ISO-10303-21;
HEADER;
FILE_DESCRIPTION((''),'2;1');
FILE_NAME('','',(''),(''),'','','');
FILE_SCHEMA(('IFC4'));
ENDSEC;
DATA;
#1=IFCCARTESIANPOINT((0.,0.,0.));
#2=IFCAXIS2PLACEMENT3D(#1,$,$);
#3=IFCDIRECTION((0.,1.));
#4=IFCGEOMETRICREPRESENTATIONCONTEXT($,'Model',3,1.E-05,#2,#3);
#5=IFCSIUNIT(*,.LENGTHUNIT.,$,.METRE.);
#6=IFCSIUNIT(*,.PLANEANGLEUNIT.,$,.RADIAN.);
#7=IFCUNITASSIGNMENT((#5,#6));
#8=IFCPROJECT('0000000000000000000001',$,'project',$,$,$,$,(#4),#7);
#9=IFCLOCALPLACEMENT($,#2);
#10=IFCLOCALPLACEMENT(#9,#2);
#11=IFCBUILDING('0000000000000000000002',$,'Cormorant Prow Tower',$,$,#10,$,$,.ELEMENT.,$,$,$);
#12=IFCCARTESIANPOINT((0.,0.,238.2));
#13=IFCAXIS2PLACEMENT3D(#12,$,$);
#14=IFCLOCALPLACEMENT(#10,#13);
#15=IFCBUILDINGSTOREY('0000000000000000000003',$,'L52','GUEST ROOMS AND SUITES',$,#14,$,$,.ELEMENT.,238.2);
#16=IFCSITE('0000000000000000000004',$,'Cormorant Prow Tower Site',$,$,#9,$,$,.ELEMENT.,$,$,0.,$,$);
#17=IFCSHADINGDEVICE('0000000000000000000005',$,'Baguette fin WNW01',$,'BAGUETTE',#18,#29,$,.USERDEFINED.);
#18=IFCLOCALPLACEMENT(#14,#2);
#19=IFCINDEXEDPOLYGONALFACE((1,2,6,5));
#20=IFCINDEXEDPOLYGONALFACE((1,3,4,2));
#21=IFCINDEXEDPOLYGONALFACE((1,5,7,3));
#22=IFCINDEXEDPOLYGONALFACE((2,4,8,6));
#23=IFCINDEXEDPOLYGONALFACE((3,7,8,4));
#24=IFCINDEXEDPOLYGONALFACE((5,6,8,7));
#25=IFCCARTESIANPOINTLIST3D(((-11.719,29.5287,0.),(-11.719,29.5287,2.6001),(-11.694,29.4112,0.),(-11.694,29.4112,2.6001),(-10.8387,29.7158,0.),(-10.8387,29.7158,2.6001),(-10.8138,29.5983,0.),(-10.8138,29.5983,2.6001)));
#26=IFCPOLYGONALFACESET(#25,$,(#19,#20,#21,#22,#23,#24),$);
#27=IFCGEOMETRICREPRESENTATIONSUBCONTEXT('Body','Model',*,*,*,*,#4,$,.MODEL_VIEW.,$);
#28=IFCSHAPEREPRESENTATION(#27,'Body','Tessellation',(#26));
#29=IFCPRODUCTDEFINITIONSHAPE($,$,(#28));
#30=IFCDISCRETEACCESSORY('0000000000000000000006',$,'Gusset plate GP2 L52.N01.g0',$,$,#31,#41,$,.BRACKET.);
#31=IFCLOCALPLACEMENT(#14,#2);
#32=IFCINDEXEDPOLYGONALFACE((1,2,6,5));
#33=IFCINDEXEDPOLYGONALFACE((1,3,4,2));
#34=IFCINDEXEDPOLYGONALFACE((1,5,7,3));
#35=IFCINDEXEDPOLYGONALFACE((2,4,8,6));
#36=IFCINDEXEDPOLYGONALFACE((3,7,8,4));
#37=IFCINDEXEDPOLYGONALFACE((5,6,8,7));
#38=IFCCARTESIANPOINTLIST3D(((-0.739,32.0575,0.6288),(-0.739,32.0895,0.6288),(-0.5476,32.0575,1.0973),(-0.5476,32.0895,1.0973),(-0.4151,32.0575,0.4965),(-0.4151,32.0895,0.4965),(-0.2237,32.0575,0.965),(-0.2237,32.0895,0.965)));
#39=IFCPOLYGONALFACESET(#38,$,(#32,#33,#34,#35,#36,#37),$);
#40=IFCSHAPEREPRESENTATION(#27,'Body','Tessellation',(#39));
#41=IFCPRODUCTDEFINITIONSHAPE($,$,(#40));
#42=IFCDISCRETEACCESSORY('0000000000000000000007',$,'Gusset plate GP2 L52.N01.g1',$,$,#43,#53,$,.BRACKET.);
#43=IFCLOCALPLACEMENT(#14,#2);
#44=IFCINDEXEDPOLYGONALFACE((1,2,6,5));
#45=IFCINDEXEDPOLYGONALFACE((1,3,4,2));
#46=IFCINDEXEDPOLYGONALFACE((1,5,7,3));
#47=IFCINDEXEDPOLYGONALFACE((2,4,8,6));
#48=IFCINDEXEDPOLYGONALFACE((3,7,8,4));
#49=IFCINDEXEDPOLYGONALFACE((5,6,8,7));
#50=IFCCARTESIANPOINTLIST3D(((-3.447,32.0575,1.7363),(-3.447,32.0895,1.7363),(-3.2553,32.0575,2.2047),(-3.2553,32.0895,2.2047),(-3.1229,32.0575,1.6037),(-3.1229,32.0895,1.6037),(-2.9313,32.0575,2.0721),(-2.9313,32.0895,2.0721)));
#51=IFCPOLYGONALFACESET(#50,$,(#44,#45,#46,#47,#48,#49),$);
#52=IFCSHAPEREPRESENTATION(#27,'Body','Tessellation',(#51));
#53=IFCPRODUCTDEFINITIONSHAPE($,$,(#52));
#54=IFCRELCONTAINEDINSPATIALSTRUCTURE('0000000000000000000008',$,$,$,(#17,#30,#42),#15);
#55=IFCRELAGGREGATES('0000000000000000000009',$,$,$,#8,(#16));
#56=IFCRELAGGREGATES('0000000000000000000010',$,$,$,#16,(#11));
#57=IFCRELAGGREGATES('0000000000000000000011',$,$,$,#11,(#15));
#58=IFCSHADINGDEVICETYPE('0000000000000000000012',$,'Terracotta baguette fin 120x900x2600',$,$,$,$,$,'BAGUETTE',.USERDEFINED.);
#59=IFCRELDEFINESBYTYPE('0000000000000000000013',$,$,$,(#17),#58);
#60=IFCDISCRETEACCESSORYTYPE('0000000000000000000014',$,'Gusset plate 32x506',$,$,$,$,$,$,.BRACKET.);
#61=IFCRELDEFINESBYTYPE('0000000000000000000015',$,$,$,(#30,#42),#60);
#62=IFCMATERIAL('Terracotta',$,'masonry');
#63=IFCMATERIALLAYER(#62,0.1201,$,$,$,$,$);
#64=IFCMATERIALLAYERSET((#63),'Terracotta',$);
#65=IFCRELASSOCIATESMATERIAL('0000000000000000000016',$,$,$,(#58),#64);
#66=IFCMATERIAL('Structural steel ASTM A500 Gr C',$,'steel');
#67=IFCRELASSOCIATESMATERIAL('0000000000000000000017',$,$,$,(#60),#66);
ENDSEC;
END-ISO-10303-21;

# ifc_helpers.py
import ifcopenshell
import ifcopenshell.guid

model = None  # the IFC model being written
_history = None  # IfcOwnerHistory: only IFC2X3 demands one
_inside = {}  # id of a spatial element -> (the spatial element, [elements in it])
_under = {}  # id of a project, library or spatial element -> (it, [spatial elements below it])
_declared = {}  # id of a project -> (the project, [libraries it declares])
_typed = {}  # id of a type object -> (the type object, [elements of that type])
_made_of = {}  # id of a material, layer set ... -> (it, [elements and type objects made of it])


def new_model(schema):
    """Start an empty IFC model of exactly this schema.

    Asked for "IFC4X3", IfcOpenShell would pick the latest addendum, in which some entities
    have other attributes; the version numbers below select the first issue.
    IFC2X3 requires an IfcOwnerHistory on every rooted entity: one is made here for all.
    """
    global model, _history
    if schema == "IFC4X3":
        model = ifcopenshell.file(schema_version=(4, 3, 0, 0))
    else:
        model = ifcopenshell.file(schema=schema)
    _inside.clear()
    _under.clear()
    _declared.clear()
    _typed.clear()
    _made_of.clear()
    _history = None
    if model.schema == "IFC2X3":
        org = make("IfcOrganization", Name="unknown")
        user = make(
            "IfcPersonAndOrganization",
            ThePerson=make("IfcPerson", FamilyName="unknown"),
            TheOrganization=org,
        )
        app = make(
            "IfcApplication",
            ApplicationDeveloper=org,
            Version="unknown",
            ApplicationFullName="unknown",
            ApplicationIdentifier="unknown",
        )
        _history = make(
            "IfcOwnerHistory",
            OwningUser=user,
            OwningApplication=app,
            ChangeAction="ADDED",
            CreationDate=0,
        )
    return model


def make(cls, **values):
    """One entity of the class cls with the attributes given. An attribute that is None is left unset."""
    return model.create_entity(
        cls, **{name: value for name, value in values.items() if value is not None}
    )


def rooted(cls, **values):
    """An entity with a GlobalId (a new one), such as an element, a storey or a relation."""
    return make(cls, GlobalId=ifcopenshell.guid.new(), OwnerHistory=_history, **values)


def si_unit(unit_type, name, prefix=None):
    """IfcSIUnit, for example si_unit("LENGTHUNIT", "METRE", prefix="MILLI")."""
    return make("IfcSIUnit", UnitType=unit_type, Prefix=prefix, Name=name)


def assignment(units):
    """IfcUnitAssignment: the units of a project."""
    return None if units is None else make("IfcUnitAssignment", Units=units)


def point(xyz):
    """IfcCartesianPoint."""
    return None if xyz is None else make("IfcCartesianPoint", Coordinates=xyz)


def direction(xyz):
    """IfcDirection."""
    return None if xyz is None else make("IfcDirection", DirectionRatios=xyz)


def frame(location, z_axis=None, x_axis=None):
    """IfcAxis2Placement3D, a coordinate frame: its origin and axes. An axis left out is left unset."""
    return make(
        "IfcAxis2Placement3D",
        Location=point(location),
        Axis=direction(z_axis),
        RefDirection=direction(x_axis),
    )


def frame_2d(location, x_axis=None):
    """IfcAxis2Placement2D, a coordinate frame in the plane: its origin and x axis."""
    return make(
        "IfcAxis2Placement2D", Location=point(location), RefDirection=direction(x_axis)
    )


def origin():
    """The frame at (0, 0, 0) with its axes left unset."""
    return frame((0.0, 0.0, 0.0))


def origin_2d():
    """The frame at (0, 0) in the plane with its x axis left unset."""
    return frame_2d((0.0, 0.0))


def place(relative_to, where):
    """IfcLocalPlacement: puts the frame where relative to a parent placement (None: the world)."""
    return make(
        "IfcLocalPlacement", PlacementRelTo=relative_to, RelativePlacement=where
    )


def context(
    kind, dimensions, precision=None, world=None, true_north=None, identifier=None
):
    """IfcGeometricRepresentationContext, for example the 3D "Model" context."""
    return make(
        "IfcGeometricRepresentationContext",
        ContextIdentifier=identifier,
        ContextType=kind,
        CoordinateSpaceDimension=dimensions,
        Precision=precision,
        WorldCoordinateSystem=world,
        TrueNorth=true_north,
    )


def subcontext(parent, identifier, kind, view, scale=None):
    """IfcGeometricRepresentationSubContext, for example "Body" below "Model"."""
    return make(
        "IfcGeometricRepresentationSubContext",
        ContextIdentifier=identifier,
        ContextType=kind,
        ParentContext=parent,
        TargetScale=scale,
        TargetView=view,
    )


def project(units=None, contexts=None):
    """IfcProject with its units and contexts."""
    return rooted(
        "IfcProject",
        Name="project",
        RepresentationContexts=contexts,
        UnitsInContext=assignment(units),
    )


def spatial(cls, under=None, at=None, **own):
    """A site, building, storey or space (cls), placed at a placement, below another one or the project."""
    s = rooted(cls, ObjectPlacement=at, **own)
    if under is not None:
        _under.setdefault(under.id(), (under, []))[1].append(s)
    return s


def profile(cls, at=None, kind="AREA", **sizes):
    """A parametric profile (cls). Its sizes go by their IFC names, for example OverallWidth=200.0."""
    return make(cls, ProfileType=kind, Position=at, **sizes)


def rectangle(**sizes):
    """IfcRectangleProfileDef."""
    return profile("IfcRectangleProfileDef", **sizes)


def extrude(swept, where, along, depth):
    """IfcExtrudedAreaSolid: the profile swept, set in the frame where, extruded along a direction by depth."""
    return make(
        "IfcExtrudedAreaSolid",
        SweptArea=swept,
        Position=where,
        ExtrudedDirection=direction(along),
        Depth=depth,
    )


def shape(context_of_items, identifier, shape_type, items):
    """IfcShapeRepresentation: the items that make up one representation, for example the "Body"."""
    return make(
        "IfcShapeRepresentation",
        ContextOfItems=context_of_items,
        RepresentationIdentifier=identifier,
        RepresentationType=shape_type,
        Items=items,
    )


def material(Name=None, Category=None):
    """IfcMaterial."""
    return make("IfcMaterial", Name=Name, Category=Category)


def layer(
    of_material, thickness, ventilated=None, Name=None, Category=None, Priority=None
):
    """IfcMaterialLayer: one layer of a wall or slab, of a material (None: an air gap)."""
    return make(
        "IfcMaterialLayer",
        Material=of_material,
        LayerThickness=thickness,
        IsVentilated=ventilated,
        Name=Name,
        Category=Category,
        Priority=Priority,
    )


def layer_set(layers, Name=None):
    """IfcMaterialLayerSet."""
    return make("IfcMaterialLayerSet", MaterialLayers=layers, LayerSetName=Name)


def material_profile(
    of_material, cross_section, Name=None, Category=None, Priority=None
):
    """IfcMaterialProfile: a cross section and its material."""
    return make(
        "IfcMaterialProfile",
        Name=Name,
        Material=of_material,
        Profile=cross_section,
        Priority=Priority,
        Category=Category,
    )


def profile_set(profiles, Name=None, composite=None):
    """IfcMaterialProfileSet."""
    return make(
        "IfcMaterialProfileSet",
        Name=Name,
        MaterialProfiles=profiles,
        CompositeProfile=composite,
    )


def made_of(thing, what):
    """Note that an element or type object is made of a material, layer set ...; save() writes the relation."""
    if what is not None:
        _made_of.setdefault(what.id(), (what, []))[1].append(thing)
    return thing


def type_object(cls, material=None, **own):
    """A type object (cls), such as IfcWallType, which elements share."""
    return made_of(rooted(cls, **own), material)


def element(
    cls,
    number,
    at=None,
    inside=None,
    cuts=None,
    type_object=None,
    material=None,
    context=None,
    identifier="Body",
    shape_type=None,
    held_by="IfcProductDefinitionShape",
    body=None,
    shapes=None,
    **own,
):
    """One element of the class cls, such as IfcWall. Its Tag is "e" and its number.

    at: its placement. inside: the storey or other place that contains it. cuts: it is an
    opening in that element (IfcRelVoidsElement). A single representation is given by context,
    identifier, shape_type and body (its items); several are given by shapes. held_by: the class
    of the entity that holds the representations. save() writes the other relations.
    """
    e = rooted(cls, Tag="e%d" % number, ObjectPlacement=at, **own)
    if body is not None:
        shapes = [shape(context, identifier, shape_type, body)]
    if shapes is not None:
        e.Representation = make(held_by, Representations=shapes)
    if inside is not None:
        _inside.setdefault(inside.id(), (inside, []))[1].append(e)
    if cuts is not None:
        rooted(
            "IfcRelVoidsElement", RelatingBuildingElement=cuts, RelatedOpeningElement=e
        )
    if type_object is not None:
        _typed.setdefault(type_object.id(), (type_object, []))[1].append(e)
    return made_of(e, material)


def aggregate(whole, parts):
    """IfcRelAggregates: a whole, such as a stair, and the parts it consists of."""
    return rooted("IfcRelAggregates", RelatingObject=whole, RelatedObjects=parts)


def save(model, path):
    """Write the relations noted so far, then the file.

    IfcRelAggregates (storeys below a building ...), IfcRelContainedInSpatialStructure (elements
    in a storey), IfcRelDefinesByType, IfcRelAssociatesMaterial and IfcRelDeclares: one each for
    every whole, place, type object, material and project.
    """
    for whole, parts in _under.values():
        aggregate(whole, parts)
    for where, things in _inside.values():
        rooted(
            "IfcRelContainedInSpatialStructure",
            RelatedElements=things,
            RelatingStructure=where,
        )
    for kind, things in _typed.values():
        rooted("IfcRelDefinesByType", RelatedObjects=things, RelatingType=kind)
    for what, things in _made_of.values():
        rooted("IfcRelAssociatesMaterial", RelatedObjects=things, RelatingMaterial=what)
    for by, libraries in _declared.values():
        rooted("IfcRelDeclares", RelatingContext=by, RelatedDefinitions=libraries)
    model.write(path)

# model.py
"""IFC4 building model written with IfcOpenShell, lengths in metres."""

from ifc_helpers import new_model, si_unit, direction, frame, origin, origin_2d, place, context, subcontext, project, spatial, rectangle, extrude, material, layer, layer_set, material_profile, profile_set, type_object, element, save


model = new_model("IFC4")

# Units and contexts
model_context = context("Model", 3, precision=1e-05, world=origin(), true_north=direction((0.0, 1.0)))
body_context = subcontext(model_context, "Body", "Model", "MODEL_VIEW")
ifc_project = project(units=[si_unit("LENGTHUNIT", "METRE"), si_unit("PLANEANGLEUNIT", "RADIAN")], contexts=[model_context])

# Site, building, storey
site_placement = place(None, origin())
site = spatial("IfcSite", under=ifc_project, at=site_placement, Name="Cormorant Prow Tower Site", CompositionType="ELEMENT", RefElevation=0.0)
building_placement = place(site_placement, origin())
building = spatial("IfcBuilding", under=site, at=building_placement, Name="Cormorant Prow Tower", CompositionType="ELEMENT")
storey_placement = place(building_placement, frame((0.0, 0.0, 238.2)))
storey = spatial("IfcBuildingStorey", under=building, at=storey_placement, Name="L52", Description="GUEST ROOMS AND SUITES", CompositionType="ELEMENT", Elevation=238.2)

# Shading device
ifc_material_1 = material(Name="Terracotta", Category="masonry")
ifc_layer_1 = layer(ifc_material_1, 0.1201)
ifc_layer_set_1 = layer_set([ifc_layer_1], Name="Terracotta")
shading_device_type = type_object("IfcShadingDeviceType", Name="Terracotta baguette fin 120x900x2600", ElementType="BAGUETTE", PredefinedType="USERDEFINED", material=ifc_layer_set_1)
shading_device_placement = place(storey_placement, frame((-11.2664, 29.5635, 0.0), z_axis=(0.0, 0.0, 1.0), x_axis=(0.207912, -0.978148, 0.0)))
element("IfcShadingDevice", 1, at=shading_device_placement, inside=storey, type_object=shading_device_type, Name="Baguette fin WNW01", ObjectType="BAGUETTE", PredefinedType="USERDEFINED", context=body_context, shape_type="SweptSolid", body=[
    extrude(rectangle(XDim=0.1201, YDim=0.8999, at=origin_2d()), origin(), (0.0, 0.0, 1.0), 2.6001),
])

# Discrete accessories
ifc_material_2 = material(Name="Structural steel ASTM A500 Gr C", Category="steel")
ifc_material_profile_1 = material_profile(ifc_material_2, rectangle(XDim=0.032, YDim=0.5061, at=origin_2d()), Name="Gusset plate 32x506")
ifc_profile_set_1 = profile_set([ifc_material_profile_1], Name="Structural steel ASTM A500 Gr C")
discrete_accessory_type = type_object("IfcDiscreteAccessoryType", Name="Gusset plate 32x506", PredefinedType="BRACKET", material=ifc_profile_set_1)
discrete_accessory_1_placement = place(storey_placement, frame((-0.6433, 32.0735, 0.863), z_axis=(0.925758, 0.0, -0.378117), x_axis=(0.0, 1.0, 0.0)))
element("IfcDiscreteAccessory", 2, at=discrete_accessory_1_placement, inside=storey, type_object=discrete_accessory_type, Name="Gusset plate GP2 L52.N01.g0", PredefinedType="BRACKET", context=body_context, shape_type="SweptSolid", body=[
    extrude(rectangle(XDim=0.032, YDim=0.5061, at=origin_2d()), origin(), (0.0, 0.0, 1.0), 0.3499),
])
discrete_accessory_2_placement = place(storey_placement, frame((-3.0271, 32.0735, 1.8379), z_axis=(-0.925514, 0.0, 0.378714), x_axis=(0.0, -1.0, 0.0)))
element("IfcDiscreteAccessory", 3, at=discrete_accessory_2_placement, inside=storey, type_object=discrete_accessory_type, Name="Gusset plate GP2 L52.N01.g1", PredefinedType="BRACKET", context=body_context, shape_type="SweptSolid", body=[
    extrude(rectangle(XDim=0.032, YDim=0.5061, at=origin_2d()), origin(), (0.0, 0.0, 1.0), 0.3501),
])

save(model, "model.ifc")
